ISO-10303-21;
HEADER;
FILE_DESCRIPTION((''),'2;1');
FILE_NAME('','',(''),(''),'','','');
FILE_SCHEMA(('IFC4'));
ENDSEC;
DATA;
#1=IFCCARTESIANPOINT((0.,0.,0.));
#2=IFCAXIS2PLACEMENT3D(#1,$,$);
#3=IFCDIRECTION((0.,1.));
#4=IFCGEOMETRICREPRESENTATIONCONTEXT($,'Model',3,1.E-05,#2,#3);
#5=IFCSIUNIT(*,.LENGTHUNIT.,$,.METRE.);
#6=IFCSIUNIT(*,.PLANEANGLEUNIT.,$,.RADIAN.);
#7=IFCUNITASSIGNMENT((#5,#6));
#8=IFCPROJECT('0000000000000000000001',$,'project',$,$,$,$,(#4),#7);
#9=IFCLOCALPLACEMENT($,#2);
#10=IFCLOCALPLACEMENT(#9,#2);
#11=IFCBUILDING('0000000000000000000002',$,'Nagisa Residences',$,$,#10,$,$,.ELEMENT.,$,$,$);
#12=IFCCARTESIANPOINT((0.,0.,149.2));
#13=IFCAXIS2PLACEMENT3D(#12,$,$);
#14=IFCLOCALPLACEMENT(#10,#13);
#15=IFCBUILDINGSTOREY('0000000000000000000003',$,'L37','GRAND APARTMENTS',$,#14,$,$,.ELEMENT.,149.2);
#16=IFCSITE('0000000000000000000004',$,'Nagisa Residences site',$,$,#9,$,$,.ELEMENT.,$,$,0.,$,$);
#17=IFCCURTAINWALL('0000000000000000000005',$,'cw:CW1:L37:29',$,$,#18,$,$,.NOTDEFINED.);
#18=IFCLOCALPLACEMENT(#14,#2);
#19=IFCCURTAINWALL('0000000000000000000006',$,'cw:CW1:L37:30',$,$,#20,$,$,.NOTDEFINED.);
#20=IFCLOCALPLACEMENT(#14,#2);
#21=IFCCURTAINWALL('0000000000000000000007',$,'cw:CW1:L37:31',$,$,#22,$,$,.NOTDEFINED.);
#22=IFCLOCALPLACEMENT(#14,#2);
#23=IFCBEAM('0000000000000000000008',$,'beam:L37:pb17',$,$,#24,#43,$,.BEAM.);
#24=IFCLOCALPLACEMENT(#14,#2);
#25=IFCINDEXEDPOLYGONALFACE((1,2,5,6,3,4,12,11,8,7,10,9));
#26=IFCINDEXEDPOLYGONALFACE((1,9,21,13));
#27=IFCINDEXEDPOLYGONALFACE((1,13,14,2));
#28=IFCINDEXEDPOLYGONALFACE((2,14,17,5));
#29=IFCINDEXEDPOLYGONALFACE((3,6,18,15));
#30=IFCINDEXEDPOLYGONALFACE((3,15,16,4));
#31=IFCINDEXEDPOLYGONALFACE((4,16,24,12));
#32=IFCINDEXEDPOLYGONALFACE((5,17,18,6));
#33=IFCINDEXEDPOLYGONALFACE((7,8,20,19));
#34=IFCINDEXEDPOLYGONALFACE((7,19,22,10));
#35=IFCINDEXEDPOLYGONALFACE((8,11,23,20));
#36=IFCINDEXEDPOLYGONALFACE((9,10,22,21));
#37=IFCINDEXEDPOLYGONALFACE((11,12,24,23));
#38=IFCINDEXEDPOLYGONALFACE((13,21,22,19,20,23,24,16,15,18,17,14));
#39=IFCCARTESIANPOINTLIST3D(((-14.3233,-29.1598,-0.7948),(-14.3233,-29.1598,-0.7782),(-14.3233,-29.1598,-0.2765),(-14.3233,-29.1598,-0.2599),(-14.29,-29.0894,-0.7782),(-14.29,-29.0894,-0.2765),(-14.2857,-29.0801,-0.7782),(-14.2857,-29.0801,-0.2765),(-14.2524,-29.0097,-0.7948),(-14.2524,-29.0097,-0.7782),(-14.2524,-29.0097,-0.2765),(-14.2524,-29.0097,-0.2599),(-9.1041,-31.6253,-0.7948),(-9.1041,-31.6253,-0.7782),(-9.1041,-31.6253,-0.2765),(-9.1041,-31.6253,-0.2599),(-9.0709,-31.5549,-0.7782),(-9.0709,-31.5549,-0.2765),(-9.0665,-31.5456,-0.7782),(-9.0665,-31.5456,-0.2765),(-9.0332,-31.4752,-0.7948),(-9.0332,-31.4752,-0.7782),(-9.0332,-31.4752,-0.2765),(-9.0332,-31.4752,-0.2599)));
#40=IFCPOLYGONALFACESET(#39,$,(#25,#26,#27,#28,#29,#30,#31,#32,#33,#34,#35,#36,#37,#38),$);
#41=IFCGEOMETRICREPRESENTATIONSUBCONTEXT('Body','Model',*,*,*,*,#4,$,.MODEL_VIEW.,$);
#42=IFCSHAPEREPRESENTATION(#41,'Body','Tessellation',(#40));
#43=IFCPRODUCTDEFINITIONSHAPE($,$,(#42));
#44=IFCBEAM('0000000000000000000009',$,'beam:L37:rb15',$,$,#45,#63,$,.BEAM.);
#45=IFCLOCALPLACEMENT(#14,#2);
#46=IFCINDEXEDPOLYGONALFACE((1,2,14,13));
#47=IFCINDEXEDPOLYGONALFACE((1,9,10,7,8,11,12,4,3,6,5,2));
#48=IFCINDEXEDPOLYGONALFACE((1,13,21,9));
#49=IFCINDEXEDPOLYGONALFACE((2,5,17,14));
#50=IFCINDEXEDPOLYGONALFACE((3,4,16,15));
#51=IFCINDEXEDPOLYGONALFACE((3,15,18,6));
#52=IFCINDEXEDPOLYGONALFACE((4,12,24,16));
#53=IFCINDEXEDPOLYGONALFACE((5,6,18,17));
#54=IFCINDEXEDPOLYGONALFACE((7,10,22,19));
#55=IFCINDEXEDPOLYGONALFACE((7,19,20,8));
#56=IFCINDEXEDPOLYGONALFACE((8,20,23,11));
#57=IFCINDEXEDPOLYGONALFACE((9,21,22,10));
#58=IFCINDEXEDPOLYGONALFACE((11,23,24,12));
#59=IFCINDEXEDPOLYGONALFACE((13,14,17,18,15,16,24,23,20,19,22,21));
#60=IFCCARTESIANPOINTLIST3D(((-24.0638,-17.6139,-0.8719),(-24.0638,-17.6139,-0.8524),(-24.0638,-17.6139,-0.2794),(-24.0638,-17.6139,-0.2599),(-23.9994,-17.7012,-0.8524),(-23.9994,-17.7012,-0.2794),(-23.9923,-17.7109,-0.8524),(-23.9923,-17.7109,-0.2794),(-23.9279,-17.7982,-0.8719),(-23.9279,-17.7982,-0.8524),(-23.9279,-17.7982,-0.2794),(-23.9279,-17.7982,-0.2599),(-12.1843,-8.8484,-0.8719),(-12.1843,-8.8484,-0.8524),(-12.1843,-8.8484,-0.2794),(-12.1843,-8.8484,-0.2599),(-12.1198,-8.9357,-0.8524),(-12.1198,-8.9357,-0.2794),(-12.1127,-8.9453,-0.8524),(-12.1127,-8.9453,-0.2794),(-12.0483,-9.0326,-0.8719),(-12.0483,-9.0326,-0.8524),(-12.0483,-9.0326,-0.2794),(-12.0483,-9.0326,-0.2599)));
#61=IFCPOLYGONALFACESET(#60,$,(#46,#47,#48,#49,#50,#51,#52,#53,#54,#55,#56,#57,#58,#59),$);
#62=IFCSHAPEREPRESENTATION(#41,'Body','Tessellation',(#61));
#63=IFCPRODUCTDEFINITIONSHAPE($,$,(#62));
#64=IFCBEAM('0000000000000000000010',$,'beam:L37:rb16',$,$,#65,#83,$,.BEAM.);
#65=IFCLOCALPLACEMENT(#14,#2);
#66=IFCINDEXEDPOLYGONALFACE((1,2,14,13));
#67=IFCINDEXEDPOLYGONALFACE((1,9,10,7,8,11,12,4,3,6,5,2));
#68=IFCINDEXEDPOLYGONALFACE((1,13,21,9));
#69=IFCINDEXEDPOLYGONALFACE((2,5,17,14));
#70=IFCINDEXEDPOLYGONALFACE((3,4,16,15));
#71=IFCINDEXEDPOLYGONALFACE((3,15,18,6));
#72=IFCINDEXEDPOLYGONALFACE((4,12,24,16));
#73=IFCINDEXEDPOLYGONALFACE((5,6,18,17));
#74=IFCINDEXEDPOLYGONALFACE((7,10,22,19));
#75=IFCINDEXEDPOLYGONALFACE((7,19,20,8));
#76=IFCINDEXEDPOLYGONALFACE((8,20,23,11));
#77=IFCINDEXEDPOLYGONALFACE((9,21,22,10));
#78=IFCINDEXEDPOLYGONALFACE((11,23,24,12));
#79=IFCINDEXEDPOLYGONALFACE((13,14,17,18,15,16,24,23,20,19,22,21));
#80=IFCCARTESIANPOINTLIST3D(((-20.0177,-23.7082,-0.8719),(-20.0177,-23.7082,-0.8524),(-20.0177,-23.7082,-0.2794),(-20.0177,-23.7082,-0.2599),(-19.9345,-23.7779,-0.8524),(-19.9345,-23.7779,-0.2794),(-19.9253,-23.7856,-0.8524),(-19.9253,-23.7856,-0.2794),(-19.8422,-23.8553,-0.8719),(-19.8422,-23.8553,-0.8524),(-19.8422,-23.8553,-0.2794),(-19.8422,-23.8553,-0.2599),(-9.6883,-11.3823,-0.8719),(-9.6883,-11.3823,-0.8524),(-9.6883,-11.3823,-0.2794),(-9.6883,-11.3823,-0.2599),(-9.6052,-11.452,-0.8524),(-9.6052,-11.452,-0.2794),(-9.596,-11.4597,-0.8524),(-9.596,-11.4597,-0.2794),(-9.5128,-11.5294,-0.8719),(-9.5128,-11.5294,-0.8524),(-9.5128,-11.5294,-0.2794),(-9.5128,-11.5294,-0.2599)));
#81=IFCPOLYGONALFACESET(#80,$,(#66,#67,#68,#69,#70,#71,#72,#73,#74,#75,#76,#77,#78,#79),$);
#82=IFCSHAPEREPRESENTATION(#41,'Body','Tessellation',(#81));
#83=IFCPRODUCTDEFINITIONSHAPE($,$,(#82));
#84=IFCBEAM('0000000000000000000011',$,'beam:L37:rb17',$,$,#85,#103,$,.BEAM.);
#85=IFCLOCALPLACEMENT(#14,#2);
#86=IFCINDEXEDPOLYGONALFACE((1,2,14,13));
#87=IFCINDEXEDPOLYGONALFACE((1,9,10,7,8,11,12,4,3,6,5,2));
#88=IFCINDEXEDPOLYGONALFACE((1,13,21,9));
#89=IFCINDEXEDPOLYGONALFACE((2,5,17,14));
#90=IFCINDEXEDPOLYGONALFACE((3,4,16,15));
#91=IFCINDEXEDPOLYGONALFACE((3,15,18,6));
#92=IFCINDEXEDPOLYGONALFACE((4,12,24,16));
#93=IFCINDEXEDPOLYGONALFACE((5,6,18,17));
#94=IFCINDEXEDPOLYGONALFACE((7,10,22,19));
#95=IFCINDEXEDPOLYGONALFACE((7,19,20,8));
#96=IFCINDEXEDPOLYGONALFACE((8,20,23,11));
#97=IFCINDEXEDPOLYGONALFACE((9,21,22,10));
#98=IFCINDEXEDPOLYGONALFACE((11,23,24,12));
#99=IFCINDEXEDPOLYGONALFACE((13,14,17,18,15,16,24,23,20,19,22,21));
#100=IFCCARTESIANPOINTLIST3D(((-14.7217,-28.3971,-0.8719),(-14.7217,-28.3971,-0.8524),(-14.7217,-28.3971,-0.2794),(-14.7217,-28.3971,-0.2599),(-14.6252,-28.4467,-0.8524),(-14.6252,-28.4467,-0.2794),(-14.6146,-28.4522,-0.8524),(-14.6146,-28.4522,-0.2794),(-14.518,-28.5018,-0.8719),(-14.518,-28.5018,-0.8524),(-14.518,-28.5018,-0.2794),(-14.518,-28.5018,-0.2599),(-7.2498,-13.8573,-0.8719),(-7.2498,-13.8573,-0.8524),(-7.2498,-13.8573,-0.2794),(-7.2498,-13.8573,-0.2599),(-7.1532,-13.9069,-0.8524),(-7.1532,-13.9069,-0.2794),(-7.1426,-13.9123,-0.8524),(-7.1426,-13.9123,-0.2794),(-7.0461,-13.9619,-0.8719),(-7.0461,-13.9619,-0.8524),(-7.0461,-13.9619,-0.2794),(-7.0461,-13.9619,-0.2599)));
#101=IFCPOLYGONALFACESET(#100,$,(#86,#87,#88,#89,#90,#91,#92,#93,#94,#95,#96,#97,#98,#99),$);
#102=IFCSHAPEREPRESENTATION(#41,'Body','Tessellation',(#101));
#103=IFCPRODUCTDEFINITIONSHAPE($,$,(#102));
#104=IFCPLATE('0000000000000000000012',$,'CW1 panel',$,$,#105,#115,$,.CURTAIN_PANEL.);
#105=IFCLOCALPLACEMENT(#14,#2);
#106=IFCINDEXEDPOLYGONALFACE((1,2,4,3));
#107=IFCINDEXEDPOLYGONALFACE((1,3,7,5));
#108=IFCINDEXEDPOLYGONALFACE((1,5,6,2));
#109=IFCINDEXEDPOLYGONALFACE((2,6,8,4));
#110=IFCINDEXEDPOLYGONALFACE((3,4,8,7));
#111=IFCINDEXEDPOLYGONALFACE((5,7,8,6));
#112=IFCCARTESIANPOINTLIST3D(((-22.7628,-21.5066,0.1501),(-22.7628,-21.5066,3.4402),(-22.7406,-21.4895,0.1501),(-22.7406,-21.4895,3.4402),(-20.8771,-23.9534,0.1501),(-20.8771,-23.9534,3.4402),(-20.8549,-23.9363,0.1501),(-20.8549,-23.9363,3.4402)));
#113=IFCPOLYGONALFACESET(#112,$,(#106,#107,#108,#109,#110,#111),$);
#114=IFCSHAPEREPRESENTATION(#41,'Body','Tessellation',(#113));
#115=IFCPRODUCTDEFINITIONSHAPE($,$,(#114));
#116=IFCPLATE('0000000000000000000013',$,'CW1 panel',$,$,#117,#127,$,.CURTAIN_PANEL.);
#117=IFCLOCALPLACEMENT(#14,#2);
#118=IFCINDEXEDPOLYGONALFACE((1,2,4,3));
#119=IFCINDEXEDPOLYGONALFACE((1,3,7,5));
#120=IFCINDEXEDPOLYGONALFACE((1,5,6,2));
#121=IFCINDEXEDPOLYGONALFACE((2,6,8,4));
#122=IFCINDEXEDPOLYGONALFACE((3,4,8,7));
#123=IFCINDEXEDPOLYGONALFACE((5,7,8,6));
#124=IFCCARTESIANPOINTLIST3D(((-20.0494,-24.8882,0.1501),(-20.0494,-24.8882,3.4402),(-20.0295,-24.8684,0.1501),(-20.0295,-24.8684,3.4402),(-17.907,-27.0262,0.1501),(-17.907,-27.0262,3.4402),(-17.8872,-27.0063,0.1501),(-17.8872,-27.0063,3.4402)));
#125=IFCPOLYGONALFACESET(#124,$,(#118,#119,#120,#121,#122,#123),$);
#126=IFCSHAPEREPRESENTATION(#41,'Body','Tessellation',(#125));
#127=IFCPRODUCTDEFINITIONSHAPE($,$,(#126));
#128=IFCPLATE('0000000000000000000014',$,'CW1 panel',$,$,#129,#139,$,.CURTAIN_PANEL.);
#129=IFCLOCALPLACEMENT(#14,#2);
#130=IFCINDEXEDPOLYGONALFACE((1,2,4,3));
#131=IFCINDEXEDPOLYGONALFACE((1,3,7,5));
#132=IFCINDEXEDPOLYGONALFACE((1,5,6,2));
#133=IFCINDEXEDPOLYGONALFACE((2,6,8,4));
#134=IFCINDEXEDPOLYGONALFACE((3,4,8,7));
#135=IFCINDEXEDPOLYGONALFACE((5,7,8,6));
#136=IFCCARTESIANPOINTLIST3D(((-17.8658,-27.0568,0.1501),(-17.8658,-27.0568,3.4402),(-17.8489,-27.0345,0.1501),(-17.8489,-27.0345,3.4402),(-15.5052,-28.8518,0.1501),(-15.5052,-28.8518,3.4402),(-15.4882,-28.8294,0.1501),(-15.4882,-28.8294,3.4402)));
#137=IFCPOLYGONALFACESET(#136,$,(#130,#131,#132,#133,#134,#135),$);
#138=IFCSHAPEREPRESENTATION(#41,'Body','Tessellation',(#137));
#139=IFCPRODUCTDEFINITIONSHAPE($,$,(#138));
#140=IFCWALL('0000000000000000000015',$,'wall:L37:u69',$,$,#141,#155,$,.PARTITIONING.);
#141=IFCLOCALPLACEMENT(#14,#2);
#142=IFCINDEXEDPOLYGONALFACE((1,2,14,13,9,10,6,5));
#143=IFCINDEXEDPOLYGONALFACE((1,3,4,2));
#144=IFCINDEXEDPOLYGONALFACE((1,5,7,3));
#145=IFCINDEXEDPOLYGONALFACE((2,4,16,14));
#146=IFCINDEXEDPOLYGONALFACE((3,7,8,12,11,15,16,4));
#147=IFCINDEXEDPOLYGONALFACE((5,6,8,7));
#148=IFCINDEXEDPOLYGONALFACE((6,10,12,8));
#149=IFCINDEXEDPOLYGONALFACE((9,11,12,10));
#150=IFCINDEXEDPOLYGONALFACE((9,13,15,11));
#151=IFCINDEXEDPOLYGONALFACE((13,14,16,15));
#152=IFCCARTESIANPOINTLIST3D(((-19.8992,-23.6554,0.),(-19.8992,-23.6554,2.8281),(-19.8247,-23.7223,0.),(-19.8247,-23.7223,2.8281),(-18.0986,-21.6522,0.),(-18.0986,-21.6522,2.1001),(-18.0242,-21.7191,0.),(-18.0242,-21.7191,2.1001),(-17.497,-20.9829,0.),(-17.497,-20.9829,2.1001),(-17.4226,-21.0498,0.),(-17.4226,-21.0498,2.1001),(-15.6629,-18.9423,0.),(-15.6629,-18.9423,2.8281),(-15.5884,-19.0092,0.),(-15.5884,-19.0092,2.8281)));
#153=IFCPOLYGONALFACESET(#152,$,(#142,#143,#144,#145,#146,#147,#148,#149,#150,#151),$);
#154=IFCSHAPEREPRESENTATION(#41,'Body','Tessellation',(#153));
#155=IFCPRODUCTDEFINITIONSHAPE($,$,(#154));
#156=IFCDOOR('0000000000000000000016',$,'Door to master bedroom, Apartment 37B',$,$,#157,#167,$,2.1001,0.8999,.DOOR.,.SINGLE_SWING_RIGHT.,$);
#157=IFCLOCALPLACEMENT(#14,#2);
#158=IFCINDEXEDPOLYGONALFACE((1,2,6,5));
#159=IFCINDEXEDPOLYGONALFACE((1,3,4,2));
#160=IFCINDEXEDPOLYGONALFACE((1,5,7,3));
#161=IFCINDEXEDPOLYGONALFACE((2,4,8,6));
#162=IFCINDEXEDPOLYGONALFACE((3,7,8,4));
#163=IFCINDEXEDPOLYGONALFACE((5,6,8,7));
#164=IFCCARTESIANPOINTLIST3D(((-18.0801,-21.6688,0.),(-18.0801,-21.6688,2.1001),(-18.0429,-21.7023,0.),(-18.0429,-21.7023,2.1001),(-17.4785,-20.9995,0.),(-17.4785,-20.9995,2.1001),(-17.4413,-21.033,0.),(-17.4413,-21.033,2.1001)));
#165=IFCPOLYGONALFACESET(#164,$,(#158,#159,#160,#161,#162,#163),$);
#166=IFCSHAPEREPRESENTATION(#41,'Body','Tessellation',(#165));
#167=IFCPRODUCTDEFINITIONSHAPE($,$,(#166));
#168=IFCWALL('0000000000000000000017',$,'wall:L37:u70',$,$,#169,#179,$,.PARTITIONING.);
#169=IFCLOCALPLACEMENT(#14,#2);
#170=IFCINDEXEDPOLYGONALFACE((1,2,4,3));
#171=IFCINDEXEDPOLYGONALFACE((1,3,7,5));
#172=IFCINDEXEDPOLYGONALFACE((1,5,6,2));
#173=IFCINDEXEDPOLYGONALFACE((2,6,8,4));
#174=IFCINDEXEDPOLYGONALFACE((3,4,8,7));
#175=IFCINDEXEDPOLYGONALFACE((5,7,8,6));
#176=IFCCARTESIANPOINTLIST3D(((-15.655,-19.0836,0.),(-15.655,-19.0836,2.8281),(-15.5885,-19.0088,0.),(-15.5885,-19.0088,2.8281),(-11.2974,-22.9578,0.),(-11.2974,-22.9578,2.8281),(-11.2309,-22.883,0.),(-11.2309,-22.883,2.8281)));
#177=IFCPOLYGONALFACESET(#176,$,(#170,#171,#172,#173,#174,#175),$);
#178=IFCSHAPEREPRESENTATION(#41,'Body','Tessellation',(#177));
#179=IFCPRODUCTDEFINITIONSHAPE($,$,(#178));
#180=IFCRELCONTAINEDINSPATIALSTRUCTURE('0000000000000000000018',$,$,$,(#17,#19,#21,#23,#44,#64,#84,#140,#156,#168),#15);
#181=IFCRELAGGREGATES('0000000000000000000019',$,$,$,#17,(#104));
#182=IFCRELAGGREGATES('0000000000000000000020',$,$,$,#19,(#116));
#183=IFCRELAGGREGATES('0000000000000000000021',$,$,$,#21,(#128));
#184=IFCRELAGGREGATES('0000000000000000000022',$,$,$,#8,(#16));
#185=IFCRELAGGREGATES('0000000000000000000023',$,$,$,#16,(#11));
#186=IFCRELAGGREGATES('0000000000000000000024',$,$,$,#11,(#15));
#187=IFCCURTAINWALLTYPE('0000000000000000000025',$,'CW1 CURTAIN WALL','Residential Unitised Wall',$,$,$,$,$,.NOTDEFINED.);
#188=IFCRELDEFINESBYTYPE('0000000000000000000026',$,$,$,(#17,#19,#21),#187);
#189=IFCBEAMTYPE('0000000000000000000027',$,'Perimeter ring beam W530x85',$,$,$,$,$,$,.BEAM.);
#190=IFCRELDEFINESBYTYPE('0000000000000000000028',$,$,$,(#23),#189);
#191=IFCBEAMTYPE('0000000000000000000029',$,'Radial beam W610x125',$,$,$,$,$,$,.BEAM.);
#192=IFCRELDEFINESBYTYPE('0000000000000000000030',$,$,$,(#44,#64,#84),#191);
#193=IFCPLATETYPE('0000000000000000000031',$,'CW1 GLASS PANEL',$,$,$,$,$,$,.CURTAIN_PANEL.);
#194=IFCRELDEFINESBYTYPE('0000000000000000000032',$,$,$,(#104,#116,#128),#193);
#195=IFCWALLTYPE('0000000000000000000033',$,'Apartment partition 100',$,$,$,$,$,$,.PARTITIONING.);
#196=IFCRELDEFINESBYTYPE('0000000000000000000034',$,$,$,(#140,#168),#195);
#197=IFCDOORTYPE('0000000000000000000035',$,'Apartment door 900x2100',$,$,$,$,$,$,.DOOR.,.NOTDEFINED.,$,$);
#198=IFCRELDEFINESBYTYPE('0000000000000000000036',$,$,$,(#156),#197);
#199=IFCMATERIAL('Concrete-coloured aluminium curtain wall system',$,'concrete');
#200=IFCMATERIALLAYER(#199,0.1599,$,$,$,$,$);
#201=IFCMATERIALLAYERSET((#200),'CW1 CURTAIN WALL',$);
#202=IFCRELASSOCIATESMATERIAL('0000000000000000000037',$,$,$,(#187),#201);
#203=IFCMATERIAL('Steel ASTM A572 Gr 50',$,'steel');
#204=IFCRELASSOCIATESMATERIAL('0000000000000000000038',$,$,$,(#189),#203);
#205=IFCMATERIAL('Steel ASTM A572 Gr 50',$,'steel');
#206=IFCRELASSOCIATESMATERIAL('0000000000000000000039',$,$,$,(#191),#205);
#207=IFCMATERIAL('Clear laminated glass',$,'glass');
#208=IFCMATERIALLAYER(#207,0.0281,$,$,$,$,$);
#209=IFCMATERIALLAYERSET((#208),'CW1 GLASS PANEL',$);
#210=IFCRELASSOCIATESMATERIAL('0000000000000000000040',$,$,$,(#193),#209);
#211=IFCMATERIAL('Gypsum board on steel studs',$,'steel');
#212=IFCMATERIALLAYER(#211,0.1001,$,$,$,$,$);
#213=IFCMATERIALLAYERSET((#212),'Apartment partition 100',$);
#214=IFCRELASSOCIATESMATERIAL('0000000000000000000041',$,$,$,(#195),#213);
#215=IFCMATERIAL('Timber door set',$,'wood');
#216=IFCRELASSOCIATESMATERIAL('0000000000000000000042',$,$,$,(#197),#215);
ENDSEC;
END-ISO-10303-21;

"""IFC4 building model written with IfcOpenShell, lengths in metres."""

from ifc_helpers import new_model, si_unit, direction, frame, frame_2d, origin, origin_2d, place, context, subcontext, project, spatial, rectangle, i_section, extrude, material, layer, layer_set, material_profile, profile_set, type_object, element, fill, aggregate, save


model = new_model("IFC4")

# Units and contexts
model_context = context("Model", 3, precision=1e-05, world=origin(), true_north=direction((0.0, 1.0)))
body_context = subcontext(model_context, "Body", "Model", "MODEL_VIEW")
ifc_project = project(units=[si_unit("LENGTHUNIT", "METRE"), si_unit("PLANEANGLEUNIT", "RADIAN")], contexts=[model_context])

# Site, building, storey
site_placement = place(None, origin())
site = spatial("IfcSite", under=ifc_project, at=site_placement, Name="Nagisa Residences site", CompositionType="ELEMENT", RefElevation=0.0)
building_placement = place(site_placement, origin())
building = spatial("IfcBuilding", under=site, at=building_placement, Name="Nagisa Residences", CompositionType="ELEMENT")
storey_placement = place(building_placement, frame((0.0, 0.0, 149.2)))
storey = spatial("IfcBuildingStorey", under=building, at=storey_placement, Name="L37", Description="GRAND APARTMENTS", CompositionType="ELEMENT", Elevation=149.2)

# Curtain walls
ifc_material_1 = material(Name="Concrete-coloured aluminium curtain wall system", Category="concrete")
ifc_layer_1 = layer(ifc_material_1, 0.1599)
ifc_layer_set_1 = layer_set([ifc_layer_1], Name="CW1 CURTAIN WALL")
curtain_wall_type = type_object("IfcCurtainWallType", Name="CW1 CURTAIN WALL", Description="Residential Unitised Wall", PredefinedType="NOTDEFINED", material=ifc_layer_set_1)
curtain_wall_1_placement = place(storey_placement, origin())
curtain_wall_1 = element("IfcCurtainWall", 1, at=curtain_wall_1_placement, inside=storey, type_object=curtain_wall_type, Name="cw:CW1:L37:29", PredefinedType="NOTDEFINED")
curtain_wall_2_placement = place(storey_placement, origin())
curtain_wall_2 = element("IfcCurtainWall", 2, at=curtain_wall_2_placement, inside=storey, type_object=curtain_wall_type, Name="cw:CW1:L37:30", PredefinedType="NOTDEFINED")
curtain_wall_3_placement = place(storey_placement, origin())
curtain_wall_3 = element("IfcCurtainWall", 3, at=curtain_wall_3_placement, inside=storey, type_object=curtain_wall_type, Name="cw:CW1:L37:31", PredefinedType="NOTDEFINED")

# Beams
ifc_material_2 = material(Name="Steel ASTM A572 Gr 50", Category="steel")
ifc_material_profile_1 = material_profile(ifc_material_2, i_section(OverallWidth=0.166, OverallDepth=0.5349, WebThickness=0.0103, FlangeThickness=0.0166, at=origin_2d()), Name="W530x85")
ifc_profile_set_1 = profile_set([ifc_material_profile_1], Name="Steel ASTM A572 Gr 50")
beam_type_1 = type_object("IfcBeamType", Name="Perimeter ring beam W530x85", PredefinedType="BEAM", material=ifc_profile_set_1)
beam_1_placement = place(storey_placement, frame((-14.2878, -29.0847, -0.5273), z_axis=(0.904186, -0.427139, 0.0), x_axis=(0.427139, 0.904186, 0.0)))
element("IfcBeam", 4, at=beam_1_placement, inside=storey, type_object=beam_type_1, Name="beam:L37:pb17", PredefinedType="BEAM", context=body_context, shape_type="SweptSolid", body=[
    extrude(i_section(OverallWidth=0.166, OverallDepth=0.5349, WebThickness=0.0103, FlangeThickness=0.0166, at=origin_2d()), origin(), (0.0, 0.0, 1.0), 5.7722),
])
ifc_material_3 = material(Name="Steel ASTM A572 Gr 50", Category="steel")
ifc_material_profile_2 = material_profile(ifc_material_3, i_section(OverallWidth=0.229, OverallDepth=0.6121, WebThickness=0.012, FlangeThickness=0.0195, at=origin_2d()), Name="W610x125")
ifc_profile_set_2 = profile_set([ifc_material_profile_2], Name="Steel ASTM A572 Gr 50")
beam_type_2 = type_object("IfcBeamType", Name="Radial beam W610x125", PredefinedType="BEAM", material=ifc_profile_set_2)
beam_2_placement = place(storey_placement, frame((-23.9958, -17.7061, -0.5659), z_axis=(0.804661, 0.593735, 0.0), x_axis=(-0.593735, 0.804661, 0.0)))
element("IfcBeam", 5, at=beam_2_placement, inside=storey, type_object=beam_type_2, Name="beam:L37:rb15", PredefinedType="BEAM", context=body_context, shape_type="SweptSolid", body=[
    extrude(i_section(OverallWidth=0.229, OverallDepth=0.6121, WebThickness=0.012, FlangeThickness=0.0195, at=origin_2d()), origin(), (0.0, 0.0, 1.0), 14.7634),
])
beam_3_placement = place(storey_placement, frame((-19.9299, -23.7817, -0.5659), z_axis=(0.642301, 0.766453, 0.0), x_axis=(-0.766453, 0.642301, 0.0)))
element("IfcBeam", 6, at=beam_3_placement, inside=storey, type_object=beam_type_2, Name="beam:L37:rb16", PredefinedType="BEAM", context=body_context, shape_type="SweptSolid", body=[
    extrude(i_section(OverallWidth=0.229, OverallDepth=0.6121, WebThickness=0.012, FlangeThickness=0.0195, at=origin_2d()), origin(), (0.0, 0.0, 1.0), 16.0818),
])
beam_4_placement = place(storey_placement, frame((-14.6199, -28.4495, -0.5659), z_axis=(0.457073, 0.889429, 0.0), x_axis=(-0.889429, 0.457073, 0.0)))
element("IfcBeam", 7, at=beam_4_placement, inside=storey, type_object=beam_type_2, Name="beam:L37:rb17", PredefinedType="BEAM", context=body_context, shape_type="SweptSolid", body=[
    extrude(i_section(OverallWidth=0.229, OverallDepth=0.6121, WebThickness=0.012, FlangeThickness=0.0195, at=origin_2d()), origin(), (0.0, 0.0, 1.0), 16.3474),
])

# Plates
ifc_material_4 = material(Name="Clear laminated glass", Category="glass")
ifc_layer_2 = layer(ifc_material_4, 0.0281)
ifc_layer_set_2 = layer_set([ifc_layer_2], Name="CW1 GLASS PANEL")
plate_type = type_object("IfcPlateType", Name="CW1 GLASS PANEL", PredefinedType="CURTAIN_PANEL", material=ifc_layer_set_2)
plate_1_placement = place(storey_placement, frame((-21.8088, -22.7214, 0.1501), z_axis=(0.0, 0.0, 1.0), x_axis=(0.61043, -0.79207, 0.0)))
plate_1 = element("IfcPlate", 8, at=plate_1_placement, type_object=plate_type, Name="CW1 panel", PredefinedType="CURTAIN_PANEL", context=body_context, shape_type="SweptSolid", body=[
    extrude(rectangle(XDim=3.0891, YDim=0.0281, at=origin_2d()), origin(), (0.0, 0.0, 1.0), 3.29),
])
aggregate(curtain_wall_1, [plate_1])
plate_2_placement = place(storey_placement, frame((-18.9683, -25.9473, 0.1501), z_axis=(0.0, 0.0, 1.0), x_axis=(0.707836, -0.706377, 0.0)))
plate_2 = element("IfcPlate", 9, at=plate_2_placement, type_object=plate_type, Name="CW1 panel", PredefinedType="CURTAIN_PANEL", context=body_context, shape_type="SweptSolid", body=[
    extrude(rectangle(XDim=3.0266, YDim=0.0281, at=origin_2d()), origin(), (0.0, 0.0, 1.0), 3.29),
])
aggregate(curtain_wall_2, [plate_2])
plate_3_placement = place(storey_placement, frame((-16.677, -27.9431, 0.1501), z_axis=(0.0, 0.0, 1.0), x_axis=(0.796031, -0.605255, 0.0)))
plate_3 = element("IfcPlate", 10, at=plate_3_placement, type_object=plate_type, Name="CW1 panel", PredefinedType="CURTAIN_PANEL", context=body_context, shape_type="SweptSolid", body=[
    extrude(rectangle(XDim=2.9656, YDim=0.0281, at=origin_2d()), origin(), (0.0, 0.0, 1.0), 3.29),
])
aggregate(curtain_wall_3, [plate_3])

# Wall, opening, door
ifc_material_5 = material(Name="Gypsum board on steel studs", Category="steel")
ifc_layer_3 = layer(ifc_material_5, 0.1001)
ifc_layer_set_3 = layer_set([ifc_layer_3], Name="Apartment partition 100")
wall_type_1 = type_object("IfcWallType", Name="Apartment partition 100", PredefinedType="PARTITIONING", material=ifc_layer_set_3)
wall_1_placement = place(storey_placement, frame((-15.6257, -18.9758, 0.0), z_axis=(0.0, 0.0, 1.0), x_axis=(-0.668486, -0.743725, 0.0)))
wall_1 = element("IfcWall", 11, at=wall_1_placement, inside=storey, type_object=wall_type_1, Name="wall:L37:u69", PredefinedType="PARTITIONING", context=body_context, shape_type="SweptSolid", body=[
    extrude(rectangle(XDim=6.3372, YDim=0.1001, at=frame_2d((3.1685, 0.0))), origin(), (0.0, 0.0, 1.0), 2.8281),
])
opening_1_placement = place(wall_1_placement, frame((2.7437, 0.0, 0.0)))
opening_1 = element("IfcOpeningElement", 12, at=opening_1_placement, cuts=wall_1, PredefinedType="OPENING", context=body_context, shape_type="SweptSolid", body=[
    extrude(rectangle(XDim=0.8999, YDim=2.1001, at=frame_2d((0.45, 1.05))), frame((0.0, 0.0601, 0.0), z_axis=(0.0, -1.0, 0.0), x_axis=(1.0, 0.0, 0.0)), (0.0, 0.0, 1.0), 0.1201),
])
ifc_material_6 = material(Name="Timber door set", Category="wood")
door_type_1 = type_object("IfcDoorType", Name="Apartment door 900x2100", OperationType="NOTDEFINED", PredefinedType="DOOR", material=ifc_material_6)
door_1_placement = place(opening_1_placement, origin())
door_1 = element("IfcDoor", 13, at=door_1_placement, inside=storey, type_object=door_type_1, Name="Door to master bedroom, Apartment 37B", OperationType="SINGLE_SWING_RIGHT", OverallHeight=2.1001, OverallWidth=0.8999, PredefinedType="DOOR", context=body_context, shape_type="SweptSolid", body=[
    extrude(rectangle(XDim=0.8999, YDim=2.1001, at=frame_2d((0.45, 1.05))), frame((0.0, 0.0249, 0.0), z_axis=(0.0, -1.0, 0.0), x_axis=(1.0, 0.0, 0.0)), (0.0, 0.0, 1.0), 0.05),
])
fill(opening_1, door_1)

# Wall
wall_2_placement = place(storey_placement, frame((-15.6218, -19.0461, 0.0), z_axis=(0.0, 0.0, 1.0), x_axis=(0.747342, -0.664439, 0.0)))
element("IfcWall", 14, at=wall_2_placement, inside=storey, type_object=wall_type_1, Name="wall:L37:u70", PredefinedType="PARTITIONING", context=body_context, shape_type="SweptSolid", body=[
    extrude(rectangle(XDim=5.8308, YDim=0.1001, at=frame_2d((2.9155, 0.0))), origin(), (0.0, 0.0, 1.0), 2.8281),
])

save(model, "model.ifc")
